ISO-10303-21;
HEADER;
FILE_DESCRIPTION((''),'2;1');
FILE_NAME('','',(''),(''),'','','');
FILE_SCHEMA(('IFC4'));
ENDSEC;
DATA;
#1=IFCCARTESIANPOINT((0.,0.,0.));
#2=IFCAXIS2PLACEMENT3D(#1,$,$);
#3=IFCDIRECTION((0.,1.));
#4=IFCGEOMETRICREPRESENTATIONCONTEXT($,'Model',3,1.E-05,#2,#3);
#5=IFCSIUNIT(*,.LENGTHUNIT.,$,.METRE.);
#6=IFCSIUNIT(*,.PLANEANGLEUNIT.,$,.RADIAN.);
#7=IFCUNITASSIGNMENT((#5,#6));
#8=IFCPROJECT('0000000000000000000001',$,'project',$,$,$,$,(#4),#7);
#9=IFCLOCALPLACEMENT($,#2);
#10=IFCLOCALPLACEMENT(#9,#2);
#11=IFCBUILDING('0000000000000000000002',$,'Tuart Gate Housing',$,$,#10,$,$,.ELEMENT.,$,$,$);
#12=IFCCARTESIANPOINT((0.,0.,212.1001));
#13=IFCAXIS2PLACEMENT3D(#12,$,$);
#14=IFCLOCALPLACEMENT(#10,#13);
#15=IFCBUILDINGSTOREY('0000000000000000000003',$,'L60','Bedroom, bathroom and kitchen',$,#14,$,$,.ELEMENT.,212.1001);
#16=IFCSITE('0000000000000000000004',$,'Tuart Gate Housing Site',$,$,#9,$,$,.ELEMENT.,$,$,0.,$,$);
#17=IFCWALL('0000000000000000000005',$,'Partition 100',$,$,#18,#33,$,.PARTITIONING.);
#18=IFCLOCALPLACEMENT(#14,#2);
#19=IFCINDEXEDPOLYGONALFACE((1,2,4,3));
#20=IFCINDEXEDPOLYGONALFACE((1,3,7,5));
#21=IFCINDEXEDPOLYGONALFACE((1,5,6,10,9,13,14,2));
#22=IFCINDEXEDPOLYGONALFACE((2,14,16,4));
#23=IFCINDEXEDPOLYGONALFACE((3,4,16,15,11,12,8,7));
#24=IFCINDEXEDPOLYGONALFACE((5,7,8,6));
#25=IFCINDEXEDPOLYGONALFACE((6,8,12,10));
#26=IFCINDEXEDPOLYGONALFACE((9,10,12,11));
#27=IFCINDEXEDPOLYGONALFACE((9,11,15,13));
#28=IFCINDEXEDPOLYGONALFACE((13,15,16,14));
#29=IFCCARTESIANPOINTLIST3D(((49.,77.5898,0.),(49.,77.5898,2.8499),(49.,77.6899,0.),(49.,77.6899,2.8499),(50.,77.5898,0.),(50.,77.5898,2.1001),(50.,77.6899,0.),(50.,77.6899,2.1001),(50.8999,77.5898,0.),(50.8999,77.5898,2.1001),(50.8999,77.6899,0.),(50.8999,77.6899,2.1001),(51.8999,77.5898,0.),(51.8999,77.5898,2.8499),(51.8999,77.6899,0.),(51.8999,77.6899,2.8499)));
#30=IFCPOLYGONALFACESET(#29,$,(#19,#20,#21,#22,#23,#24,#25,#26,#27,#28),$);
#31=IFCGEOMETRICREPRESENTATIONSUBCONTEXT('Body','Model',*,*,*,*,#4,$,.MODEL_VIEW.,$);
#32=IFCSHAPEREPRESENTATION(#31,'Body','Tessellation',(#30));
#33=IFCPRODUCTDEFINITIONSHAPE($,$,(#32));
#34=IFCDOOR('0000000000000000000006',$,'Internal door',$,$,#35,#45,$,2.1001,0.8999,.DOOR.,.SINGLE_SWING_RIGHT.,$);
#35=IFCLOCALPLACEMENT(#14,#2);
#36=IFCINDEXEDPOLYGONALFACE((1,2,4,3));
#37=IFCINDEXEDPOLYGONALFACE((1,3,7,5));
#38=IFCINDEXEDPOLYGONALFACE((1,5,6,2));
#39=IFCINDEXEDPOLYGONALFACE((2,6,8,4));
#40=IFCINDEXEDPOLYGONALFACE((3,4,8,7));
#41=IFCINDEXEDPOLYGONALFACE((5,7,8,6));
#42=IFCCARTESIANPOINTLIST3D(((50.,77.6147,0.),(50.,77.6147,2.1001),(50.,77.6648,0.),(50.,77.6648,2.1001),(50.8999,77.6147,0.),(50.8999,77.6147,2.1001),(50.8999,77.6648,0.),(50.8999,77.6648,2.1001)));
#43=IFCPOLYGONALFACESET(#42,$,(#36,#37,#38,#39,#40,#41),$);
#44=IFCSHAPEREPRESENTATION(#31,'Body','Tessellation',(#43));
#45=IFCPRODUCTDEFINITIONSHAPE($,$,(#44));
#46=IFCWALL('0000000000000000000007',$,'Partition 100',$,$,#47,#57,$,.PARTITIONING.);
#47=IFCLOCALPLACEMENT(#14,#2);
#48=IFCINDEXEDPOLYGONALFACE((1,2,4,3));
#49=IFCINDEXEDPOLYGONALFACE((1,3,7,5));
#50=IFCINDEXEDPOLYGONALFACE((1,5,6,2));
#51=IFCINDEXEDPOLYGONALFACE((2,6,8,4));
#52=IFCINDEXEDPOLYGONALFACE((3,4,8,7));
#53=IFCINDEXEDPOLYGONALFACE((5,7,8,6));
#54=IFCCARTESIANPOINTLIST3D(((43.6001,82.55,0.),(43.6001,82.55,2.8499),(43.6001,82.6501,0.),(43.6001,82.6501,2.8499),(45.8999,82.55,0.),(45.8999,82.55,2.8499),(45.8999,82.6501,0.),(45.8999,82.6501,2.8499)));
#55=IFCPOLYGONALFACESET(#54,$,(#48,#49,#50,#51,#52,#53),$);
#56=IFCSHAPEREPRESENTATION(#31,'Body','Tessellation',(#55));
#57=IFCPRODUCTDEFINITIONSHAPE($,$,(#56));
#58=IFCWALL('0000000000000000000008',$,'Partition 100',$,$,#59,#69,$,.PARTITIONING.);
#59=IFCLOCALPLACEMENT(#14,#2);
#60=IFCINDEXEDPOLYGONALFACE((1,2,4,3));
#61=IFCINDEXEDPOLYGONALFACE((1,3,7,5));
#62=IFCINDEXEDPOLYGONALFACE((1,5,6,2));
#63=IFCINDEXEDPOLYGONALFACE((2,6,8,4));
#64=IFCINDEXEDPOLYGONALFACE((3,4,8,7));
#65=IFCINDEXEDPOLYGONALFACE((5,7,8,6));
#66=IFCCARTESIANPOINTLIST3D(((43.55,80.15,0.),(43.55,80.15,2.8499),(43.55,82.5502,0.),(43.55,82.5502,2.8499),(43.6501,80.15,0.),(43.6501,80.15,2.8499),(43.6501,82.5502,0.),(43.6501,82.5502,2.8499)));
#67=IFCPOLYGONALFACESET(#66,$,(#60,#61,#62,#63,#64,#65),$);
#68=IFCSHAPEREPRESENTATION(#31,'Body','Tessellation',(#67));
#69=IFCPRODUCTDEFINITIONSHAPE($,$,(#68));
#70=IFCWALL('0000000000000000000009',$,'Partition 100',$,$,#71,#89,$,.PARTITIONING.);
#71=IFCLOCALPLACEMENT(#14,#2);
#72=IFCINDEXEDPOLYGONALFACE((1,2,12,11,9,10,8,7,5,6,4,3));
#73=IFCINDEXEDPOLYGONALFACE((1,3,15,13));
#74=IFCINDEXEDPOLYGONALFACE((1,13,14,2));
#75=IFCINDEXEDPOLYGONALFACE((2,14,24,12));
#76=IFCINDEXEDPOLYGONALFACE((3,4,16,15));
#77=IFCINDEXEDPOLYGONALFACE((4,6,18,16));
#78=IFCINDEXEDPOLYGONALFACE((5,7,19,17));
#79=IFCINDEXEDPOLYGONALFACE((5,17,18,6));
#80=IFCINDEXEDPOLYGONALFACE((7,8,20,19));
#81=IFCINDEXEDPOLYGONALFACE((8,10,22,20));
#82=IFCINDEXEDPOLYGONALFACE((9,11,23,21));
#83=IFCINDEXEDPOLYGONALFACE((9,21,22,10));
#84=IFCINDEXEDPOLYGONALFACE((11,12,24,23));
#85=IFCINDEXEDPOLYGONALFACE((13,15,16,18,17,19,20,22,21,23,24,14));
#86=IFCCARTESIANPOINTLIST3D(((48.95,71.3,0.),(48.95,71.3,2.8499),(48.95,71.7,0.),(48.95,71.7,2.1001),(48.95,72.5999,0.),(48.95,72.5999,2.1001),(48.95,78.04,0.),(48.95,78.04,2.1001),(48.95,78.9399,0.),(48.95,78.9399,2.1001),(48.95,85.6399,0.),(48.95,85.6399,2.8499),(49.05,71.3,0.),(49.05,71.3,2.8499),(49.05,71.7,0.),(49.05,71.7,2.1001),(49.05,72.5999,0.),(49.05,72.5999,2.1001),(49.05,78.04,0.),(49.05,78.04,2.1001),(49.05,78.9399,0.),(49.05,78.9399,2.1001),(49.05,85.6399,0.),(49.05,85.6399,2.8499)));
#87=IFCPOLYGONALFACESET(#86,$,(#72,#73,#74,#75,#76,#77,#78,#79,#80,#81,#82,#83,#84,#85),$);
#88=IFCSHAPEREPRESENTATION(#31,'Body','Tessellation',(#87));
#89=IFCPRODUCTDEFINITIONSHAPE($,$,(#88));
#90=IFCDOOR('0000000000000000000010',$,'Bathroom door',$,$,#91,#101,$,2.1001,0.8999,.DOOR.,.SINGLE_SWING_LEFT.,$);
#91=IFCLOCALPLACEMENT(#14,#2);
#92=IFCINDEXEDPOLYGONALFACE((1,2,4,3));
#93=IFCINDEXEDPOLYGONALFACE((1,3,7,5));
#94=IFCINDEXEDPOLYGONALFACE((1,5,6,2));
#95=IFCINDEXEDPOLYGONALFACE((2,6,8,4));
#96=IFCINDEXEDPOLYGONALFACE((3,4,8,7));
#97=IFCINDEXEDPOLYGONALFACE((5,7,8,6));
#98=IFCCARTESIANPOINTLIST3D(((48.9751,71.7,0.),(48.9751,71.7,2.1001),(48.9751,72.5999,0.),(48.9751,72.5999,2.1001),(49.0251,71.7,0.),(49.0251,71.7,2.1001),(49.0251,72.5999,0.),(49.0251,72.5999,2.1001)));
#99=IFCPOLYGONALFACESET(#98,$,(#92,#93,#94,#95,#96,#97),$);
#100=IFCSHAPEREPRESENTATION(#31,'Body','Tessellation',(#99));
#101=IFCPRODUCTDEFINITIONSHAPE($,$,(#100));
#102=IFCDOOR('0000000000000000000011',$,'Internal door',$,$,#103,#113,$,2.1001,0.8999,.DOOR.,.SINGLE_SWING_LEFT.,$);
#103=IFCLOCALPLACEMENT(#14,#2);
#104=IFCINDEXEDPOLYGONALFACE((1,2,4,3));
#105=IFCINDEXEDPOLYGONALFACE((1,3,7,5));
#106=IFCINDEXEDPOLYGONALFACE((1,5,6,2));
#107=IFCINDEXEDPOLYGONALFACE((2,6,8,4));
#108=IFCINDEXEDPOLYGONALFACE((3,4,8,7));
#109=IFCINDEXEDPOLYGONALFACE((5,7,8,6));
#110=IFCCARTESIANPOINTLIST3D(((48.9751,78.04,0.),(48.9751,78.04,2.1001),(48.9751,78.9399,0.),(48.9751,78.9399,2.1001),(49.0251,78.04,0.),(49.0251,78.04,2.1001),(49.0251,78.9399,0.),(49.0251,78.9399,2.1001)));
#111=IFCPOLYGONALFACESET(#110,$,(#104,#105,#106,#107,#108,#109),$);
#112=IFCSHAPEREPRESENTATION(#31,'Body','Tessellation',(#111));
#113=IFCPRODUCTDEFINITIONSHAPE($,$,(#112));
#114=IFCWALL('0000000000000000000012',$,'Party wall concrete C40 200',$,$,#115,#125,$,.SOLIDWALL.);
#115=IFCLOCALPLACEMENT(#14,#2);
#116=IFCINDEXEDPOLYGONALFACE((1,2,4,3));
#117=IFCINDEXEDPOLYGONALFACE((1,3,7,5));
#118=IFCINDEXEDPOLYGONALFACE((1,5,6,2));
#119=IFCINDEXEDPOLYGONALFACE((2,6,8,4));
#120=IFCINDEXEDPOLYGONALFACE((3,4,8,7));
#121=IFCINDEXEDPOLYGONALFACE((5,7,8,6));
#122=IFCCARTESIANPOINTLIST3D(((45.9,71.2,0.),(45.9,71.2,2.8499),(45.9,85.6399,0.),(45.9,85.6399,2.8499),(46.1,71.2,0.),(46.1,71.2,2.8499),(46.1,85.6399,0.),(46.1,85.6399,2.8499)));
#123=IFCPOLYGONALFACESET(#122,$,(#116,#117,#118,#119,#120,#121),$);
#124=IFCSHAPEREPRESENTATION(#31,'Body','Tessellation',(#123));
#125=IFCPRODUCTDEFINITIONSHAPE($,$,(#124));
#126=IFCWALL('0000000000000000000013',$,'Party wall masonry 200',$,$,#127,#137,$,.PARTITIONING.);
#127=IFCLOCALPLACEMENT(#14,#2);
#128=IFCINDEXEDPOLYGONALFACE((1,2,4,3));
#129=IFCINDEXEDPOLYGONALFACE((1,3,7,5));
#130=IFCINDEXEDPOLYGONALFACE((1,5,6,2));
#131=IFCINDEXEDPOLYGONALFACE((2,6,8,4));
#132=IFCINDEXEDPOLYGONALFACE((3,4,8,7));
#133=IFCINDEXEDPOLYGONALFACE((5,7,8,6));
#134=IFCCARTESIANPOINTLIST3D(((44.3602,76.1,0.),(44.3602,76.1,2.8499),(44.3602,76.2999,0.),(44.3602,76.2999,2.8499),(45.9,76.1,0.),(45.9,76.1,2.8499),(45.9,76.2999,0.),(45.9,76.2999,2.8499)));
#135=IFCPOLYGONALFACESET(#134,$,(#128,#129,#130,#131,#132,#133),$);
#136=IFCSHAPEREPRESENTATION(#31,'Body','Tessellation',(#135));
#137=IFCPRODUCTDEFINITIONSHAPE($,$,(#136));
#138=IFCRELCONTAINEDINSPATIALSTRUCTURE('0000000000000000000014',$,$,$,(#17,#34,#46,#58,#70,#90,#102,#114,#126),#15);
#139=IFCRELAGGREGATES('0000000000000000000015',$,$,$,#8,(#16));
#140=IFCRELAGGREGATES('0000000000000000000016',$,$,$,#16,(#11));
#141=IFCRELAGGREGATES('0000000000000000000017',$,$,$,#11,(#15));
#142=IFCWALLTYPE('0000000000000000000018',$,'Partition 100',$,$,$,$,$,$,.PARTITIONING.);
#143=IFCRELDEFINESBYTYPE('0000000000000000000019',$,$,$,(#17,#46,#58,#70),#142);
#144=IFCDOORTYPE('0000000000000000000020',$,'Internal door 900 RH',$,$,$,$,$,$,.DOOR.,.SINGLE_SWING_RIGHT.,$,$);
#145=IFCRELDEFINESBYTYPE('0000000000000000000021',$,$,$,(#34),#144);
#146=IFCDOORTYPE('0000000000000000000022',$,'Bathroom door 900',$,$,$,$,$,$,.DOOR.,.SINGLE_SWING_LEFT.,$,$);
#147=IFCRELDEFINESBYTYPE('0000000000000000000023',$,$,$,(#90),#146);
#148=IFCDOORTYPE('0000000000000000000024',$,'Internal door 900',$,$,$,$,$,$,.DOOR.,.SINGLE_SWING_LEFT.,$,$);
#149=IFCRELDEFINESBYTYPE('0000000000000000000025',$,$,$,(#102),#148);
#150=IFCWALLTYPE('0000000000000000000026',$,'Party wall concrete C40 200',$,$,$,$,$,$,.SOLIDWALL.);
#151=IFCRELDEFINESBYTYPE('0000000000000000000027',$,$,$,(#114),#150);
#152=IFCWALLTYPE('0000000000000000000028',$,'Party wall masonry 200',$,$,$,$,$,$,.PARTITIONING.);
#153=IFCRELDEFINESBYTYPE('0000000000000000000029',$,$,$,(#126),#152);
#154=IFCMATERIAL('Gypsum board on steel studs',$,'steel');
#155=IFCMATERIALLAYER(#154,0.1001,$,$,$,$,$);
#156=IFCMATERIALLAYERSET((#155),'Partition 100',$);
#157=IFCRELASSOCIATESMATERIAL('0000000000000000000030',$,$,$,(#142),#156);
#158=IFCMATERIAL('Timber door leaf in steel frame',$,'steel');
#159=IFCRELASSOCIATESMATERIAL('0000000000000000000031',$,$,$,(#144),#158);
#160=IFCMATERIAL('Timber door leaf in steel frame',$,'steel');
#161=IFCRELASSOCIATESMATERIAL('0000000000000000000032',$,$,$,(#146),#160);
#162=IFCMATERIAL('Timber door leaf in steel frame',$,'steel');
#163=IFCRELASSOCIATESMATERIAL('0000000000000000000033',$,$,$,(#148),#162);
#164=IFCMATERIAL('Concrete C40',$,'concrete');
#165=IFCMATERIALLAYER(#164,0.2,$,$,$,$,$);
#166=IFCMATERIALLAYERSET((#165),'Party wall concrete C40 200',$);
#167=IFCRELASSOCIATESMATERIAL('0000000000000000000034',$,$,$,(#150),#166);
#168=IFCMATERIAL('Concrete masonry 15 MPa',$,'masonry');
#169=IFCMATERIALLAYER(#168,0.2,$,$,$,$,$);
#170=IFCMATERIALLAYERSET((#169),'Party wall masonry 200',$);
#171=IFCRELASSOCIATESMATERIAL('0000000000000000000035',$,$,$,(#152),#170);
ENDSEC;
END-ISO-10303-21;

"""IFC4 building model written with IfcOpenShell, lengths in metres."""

from ifc_helpers import new_model, si_unit, direction, frame, frame_2d, origin, place, context, subcontext, project, spatial, rectangle, extrude, material, layer, layer_set, type_object, element, fill, save


model = new_model("IFC4")

# Units and contexts
model_context = context("Model", 3, precision=1e-05, world=origin(), true_north=direction((0.0, 1.0)))
body_context = subcontext(model_context, "Body", "Model", "MODEL_VIEW")
ifc_project = project(units=[si_unit("LENGTHUNIT", "METRE"), si_unit("PLANEANGLEUNIT", "RADIAN")], contexts=[model_context])

# Site, building, storey
site_placement = place(None, origin())
site = spatial("IfcSite", under=ifc_project, at=site_placement, Name="Tuart Gate Housing Site", CompositionType="ELEMENT", RefElevation=0.0)
building_placement = place(site_placement, origin())
building = spatial("IfcBuilding", under=site, at=building_placement, Name="Tuart Gate Housing", CompositionType="ELEMENT")
storey_placement = place(building_placement, frame((0.0, 0.0, 212.1001)))
storey = spatial("IfcBuildingStorey", under=building, at=storey_placement, Name="L60", Description="Bedroom, bathroom and kitchen", CompositionType="ELEMENT", Elevation=212.1001)

# Shared definitions
ifc_material_1 = material(Name="Gypsum board on steel studs", Category="steel")
ifc_layer_1 = layer(ifc_material_1, 0.1001)
ifc_layer_set_1 = layer_set([ifc_layer_1], Name="Partition 100")
wall_type_1 = type_object("IfcWallType", Name="Partition 100", PredefinedType="PARTITIONING", material=ifc_layer_set_1)

# Wall, opening, door
wall_1_placement = place(storey_placement, frame((49.0, 77.6399, 0.0), z_axis=(0.0, 0.0, 1.0), x_axis=(1.0, 0.0, 0.0)))
wall_1 = element("IfcWall", 1, at=wall_1_placement, inside=storey, type_object=wall_type_1, Name="Partition 100", PredefinedType="PARTITIONING", context=body_context, shape_type="SweptSolid", body=[
    extrude(rectangle(XDim=2.8999, YDim=0.1001, at=frame_2d((1.45, 0.0))), origin(), (0.0, 0.0, 1.0), 2.8499),
])
opening_1_placement = place(wall_1_placement, frame((1.0, 0.0, 0.0)))
opening_1 = element("IfcOpeningElement", 2, at=opening_1_placement, cuts=wall_1, PredefinedType="OPENING", context=body_context, shape_type="SweptSolid", body=[
    extrude(rectangle(XDim=0.8999, YDim=2.1001, at=frame_2d((0.45, 1.05))), frame((0.0, 0.0601, 0.0), z_axis=(0.0, -1.0, 0.0), x_axis=(1.0, 0.0, 0.0)), (0.0, 0.0, 1.0), 0.1201),
])
ifc_material_2 = material(Name="Timber door leaf in steel frame", Category="steel")
door_type_1 = type_object("IfcDoorType", Name="Internal door 900 RH", OperationType="SINGLE_SWING_RIGHT", PredefinedType="DOOR", material=ifc_material_2)
door_1_placement = place(opening_1_placement, frame((0.8999, 0.0, 0.0), z_axis=(0.0, 0.0, 1.0), x_axis=(-1.0, 0.0, 0.0)))
door_1 = element("IfcDoor", 3, at=door_1_placement, inside=storey, type_object=door_type_1, Name="Internal door", OperationType="SINGLE_SWING_RIGHT", OverallHeight=2.1001, OverallWidth=0.8999, PredefinedType="DOOR", context=body_context, shape_type="SweptSolid", body=[
    extrude(rectangle(XDim=0.8999, YDim=2.1001, at=frame_2d((0.45, 1.05))), frame((0.0, 0.0251, 0.0), z_axis=(0.0, -1.0, 0.0), x_axis=(1.0, 0.0, 0.0)), (0.0, 0.0, 1.0), 0.05),
])
fill(opening_1, door_1)

# Walls
wall_2_placement = place(storey_placement, frame((43.6001, 82.6001, 0.0), z_axis=(0.0, 0.0, 1.0), x_axis=(1.0, 0.0, 0.0)))
element("IfcWall", 4, at=wall_2_placement, inside=storey, type_object=wall_type_1, Name="Partition 100", PredefinedType="PARTITIONING", context=body_context, shape_type="SweptSolid", body=[
    extrude(rectangle(XDim=2.2998, YDim=0.1001, at=frame_2d((1.1499, 0.0))), origin(), (0.0, 0.0, 1.0), 2.8499),
])
wall_3_placement = place(storey_placement, frame((43.6001, 80.1499, 0.0), z_axis=(0.0, 0.0, 1.0), x_axis=(0.0, 1.0, 0.0)))
element("IfcWall", 5, at=wall_3_placement, inside=storey, type_object=wall_type_1, Name="Partition 100", PredefinedType="PARTITIONING", context=body_context, shape_type="SweptSolid", body=[
    extrude(rectangle(XDim=2.4001, YDim=0.1001, at=frame_2d((1.2002, 0.0))), origin(), (0.0, 0.0, 1.0), 2.8499),
])

# Wall, openings, doors
wall_4_placement = place(storey_placement, frame((49.0, 71.3, 0.0), z_axis=(0.0, 0.0, 1.0), x_axis=(0.0, 1.0, 0.0)))
wall_4 = element("IfcWall", 6, at=wall_4_placement, inside=storey, type_object=wall_type_1, Name="Partition 100", PredefinedType="PARTITIONING", context=body_context, shape_type="SweptSolid", body=[
    extrude(rectangle(XDim=14.3398, YDim=0.1001, at=frame_2d((7.1699, 0.0))), origin(), (0.0, 0.0, 1.0), 2.8499),
])
opening_2_placement = place(wall_4_placement, frame((6.74, 0.0, 0.0)))
opening_2 = element("IfcOpeningElement", 7, at=opening_2_placement, cuts=wall_4, PredefinedType="OPENING", context=body_context, shape_type="SweptSolid", body=[
    extrude(rectangle(XDim=0.8999, YDim=2.1001, at=frame_2d((0.45, 1.05))), frame((0.0, 0.0601, 0.0), z_axis=(0.0, -1.0, 0.0), x_axis=(1.0, 0.0, 0.0)), (0.0, 0.0, 1.0), 0.1201),
])
opening_3_placement = place(wall_4_placement, frame((0.3999, 0.0, 0.0)))
opening_3 = element("IfcOpeningElement", 8, at=opening_3_placement, cuts=wall_4, PredefinedType="OPENING", context=body_context, shape_type="SweptSolid", body=[
    extrude(rectangle(XDim=0.8999, YDim=2.1001, at=frame_2d((0.45, 1.05))), frame((0.0, 0.0601, 0.0), z_axis=(0.0, -1.0, 0.0), x_axis=(1.0, 0.0, 0.0)), (0.0, 0.0, 1.0), 0.1201),
])
ifc_material_3 = material(Name="Timber door leaf in steel frame", Category="steel")
door_type_2 = type_object("IfcDoorType", Name="Bathroom door 900", OperationType="SINGLE_SWING_LEFT", PredefinedType="DOOR", material=ifc_material_3)
door_2_placement = place(opening_3_placement, origin())
door_2 = element("IfcDoor", 9, at=door_2_placement, inside=storey, type_object=door_type_2, Name="Bathroom door", OperationType="SINGLE_SWING_LEFT", OverallHeight=2.1001, OverallWidth=0.8999, PredefinedType="DOOR", context=body_context, shape_type="SweptSolid", body=[
    extrude(rectangle(XDim=0.8999, YDim=2.1001, at=frame_2d((0.45, 1.05))), frame((0.0, 0.0249, 0.0), z_axis=(0.0, -1.0, 0.0), x_axis=(1.0, 0.0, 0.0)), (0.0, 0.0, 1.0), 0.05),
])
fill(opening_3, door_2)
ifc_material_4 = material(Name="Timber door leaf in steel frame", Category="steel")
door_type_3 = type_object("IfcDoorType", Name="Internal door 900", OperationType="SINGLE_SWING_LEFT", PredefinedType="DOOR", material=ifc_material_4)
door_3_placement = place(opening_2_placement, origin())
door_3 = element("IfcDoor", 10, at=door_3_placement, inside=storey, type_object=door_type_3, Name="Internal door", OperationType="SINGLE_SWING_LEFT", OverallHeight=2.1001, OverallWidth=0.8999, PredefinedType="DOOR", context=body_context, shape_type="SweptSolid", body=[
    extrude(rectangle(XDim=0.8999, YDim=2.1001, at=frame_2d((0.45, 1.05))), frame((0.0, 0.0249, 0.0), z_axis=(0.0, -1.0, 0.0), x_axis=(1.0, 0.0, 0.0)), (0.0, 0.0, 1.0), 0.05),
])
fill(opening_2, door_3)

# Walls
ifc_material_5 = material(Name="Concrete C40", Category="concrete")
ifc_layer_2 = layer(ifc_material_5, 0.2)
ifc_layer_set_2 = layer_set([ifc_layer_2], Name="Party wall concrete C40 200")
wall_type_2 = type_object("IfcWallType", Name="Party wall concrete C40 200", PredefinedType="SOLIDWALL", material=ifc_layer_set_2)
wall_5_placement = place(storey_placement, frame((46.0, 71.2, 0.0), z_axis=(0.0, 0.0, 1.0), x_axis=(0.0, 1.0, 0.0)))
element("IfcWall", 11, at=wall_5_placement, inside=storey, type_object=wall_type_2, Name="Party wall concrete C40 200", PredefinedType="SOLIDWALL", context=body_context, shape_type="SweptSolid", body=[
    extrude(rectangle(XDim=14.4399, YDim=0.2, at=frame_2d((7.22, 0.0))), origin(), (0.0, 0.0, 1.0), 2.8499),
])
ifc_material_6 = material(Name="Concrete masonry 15 MPa", Category="masonry")
ifc_layer_3 = layer(ifc_material_6, 0.2)
ifc_layer_set_3 = layer_set([ifc_layer_3], Name="Party wall masonry 200")
wall_type_3 = type_object("IfcWallType", Name="Party wall masonry 200", PredefinedType="PARTITIONING", material=ifc_layer_set_3)
wall_6_placement = place(storey_placement, frame((44.3601, 76.2, 0.0), z_axis=(0.0, 0.0, 1.0), x_axis=(1.0, 0.0, 0.0)))
element("IfcWall", 12, at=wall_6_placement, inside=storey, type_object=wall_type_3, Name="Party wall masonry 200", PredefinedType="PARTITIONING", context=body_context, shape_type="SweptSolid", body=[
    extrude(rectangle(XDim=1.5398, YDim=0.2, at=frame_2d((0.77, 0.0))), origin(), (0.0, 0.0, 1.0), 2.8499),
])

save(model, "model.ifc")
